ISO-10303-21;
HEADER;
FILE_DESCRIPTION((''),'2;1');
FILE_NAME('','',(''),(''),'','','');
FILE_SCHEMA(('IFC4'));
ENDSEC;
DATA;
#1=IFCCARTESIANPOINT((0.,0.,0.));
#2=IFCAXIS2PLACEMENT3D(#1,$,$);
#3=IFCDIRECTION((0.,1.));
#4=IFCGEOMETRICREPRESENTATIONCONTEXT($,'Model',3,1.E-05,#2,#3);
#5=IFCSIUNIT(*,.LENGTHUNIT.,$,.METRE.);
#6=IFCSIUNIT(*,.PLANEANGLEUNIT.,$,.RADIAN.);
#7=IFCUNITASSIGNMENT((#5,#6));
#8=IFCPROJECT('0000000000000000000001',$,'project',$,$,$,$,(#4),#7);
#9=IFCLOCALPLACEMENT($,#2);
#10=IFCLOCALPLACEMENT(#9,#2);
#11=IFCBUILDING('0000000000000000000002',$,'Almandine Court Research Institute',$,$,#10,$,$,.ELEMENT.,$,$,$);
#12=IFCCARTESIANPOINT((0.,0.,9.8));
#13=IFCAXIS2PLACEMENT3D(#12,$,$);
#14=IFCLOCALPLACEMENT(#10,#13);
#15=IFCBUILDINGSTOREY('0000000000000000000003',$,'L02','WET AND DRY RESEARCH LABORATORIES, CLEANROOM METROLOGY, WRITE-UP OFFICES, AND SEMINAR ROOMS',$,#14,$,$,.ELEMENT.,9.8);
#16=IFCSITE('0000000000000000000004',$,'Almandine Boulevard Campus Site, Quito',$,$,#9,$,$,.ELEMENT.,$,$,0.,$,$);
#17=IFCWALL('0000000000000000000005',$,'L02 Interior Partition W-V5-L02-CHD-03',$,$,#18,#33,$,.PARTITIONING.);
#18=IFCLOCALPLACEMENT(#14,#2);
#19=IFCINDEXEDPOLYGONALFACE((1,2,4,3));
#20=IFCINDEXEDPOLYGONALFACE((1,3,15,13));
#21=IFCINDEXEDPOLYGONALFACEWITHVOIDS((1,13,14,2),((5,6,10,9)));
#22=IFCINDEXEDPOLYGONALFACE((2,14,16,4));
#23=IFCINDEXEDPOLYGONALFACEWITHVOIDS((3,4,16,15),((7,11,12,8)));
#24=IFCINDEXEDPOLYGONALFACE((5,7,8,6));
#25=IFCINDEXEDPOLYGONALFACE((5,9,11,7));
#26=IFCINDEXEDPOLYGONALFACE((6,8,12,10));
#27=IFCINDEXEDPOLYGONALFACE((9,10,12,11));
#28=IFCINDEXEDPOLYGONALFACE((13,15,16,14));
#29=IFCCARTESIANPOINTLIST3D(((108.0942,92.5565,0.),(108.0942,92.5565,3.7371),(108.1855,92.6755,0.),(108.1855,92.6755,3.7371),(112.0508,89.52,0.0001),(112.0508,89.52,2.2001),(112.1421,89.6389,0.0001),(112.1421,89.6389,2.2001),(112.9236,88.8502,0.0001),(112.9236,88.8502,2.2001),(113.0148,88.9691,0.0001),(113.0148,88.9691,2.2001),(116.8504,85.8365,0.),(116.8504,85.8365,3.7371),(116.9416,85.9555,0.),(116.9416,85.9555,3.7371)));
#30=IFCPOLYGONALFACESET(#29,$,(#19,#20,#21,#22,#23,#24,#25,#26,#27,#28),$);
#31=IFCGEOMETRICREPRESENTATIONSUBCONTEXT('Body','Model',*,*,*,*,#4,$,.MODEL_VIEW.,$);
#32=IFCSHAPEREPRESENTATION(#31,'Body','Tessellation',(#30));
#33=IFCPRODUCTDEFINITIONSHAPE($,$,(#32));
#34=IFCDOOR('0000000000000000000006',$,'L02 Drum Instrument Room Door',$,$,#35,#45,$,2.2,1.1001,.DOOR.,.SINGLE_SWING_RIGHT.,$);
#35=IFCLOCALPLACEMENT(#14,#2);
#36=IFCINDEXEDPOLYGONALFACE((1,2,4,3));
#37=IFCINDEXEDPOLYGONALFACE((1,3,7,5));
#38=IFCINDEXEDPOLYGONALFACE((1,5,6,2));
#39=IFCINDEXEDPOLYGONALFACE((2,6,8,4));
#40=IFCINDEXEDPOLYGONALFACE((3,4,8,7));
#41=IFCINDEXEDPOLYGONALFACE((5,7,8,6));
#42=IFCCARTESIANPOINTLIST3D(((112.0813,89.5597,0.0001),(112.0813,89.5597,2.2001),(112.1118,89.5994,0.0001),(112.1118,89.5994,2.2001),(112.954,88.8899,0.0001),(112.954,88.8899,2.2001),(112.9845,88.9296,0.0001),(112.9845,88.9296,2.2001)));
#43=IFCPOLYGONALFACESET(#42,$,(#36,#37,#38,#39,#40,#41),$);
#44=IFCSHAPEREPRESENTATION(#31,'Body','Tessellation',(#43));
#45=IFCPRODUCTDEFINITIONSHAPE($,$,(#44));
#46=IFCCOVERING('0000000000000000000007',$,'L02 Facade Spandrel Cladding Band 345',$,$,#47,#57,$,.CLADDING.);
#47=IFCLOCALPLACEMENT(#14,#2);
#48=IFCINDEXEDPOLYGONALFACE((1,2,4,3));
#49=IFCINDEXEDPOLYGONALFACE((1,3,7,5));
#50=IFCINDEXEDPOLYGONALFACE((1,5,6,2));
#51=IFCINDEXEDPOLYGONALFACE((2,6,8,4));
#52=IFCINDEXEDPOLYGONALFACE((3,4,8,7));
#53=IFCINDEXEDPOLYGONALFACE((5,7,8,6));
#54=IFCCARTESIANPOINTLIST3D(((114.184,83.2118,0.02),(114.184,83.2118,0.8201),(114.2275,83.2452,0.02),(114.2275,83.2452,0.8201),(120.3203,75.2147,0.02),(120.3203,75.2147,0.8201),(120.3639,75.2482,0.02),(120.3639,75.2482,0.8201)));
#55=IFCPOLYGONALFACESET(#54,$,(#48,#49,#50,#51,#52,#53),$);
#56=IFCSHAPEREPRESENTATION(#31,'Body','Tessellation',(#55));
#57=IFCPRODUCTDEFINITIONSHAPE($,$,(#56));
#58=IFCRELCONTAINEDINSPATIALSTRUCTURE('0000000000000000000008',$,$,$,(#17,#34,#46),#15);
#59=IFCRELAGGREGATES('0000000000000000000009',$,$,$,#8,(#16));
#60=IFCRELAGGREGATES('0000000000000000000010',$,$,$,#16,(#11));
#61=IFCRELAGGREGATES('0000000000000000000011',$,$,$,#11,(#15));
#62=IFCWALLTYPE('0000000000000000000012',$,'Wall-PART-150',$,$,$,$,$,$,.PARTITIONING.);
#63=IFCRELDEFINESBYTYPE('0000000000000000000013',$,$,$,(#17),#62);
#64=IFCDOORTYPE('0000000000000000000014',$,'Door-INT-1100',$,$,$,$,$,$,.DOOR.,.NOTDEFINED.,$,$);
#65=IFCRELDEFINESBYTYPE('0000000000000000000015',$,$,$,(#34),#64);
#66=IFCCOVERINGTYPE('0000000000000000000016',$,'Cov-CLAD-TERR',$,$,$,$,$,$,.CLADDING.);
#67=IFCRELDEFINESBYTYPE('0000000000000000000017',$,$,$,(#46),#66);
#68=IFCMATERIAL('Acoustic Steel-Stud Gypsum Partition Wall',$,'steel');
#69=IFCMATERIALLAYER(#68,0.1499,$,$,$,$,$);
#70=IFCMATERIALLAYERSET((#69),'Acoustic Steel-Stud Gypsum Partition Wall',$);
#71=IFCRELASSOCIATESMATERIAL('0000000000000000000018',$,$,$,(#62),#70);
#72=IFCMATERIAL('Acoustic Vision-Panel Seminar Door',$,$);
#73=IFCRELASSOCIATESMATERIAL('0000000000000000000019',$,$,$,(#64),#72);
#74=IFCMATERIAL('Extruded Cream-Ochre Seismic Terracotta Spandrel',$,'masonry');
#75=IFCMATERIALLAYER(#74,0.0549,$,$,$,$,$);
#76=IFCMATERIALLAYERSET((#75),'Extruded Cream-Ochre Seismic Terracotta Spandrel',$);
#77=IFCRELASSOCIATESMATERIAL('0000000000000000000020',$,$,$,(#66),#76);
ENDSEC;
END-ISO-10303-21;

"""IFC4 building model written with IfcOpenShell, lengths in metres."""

from ifc_helpers import new_model, si_unit, direction, frame, frame_2d, origin, origin_2d, place, context, subcontext, project, spatial, rectangle, extrude, material, layer, layer_set, type_object, element, fill, save


model = new_model("IFC4")

# Units and contexts
model_context = context("Model", 3, precision=1e-05, world=origin(), true_north=direction((0.0, 1.0)))
body_context = subcontext(model_context, "Body", "Model", "MODEL_VIEW")
ifc_project = project(units=[si_unit("LENGTHUNIT", "METRE"), si_unit("PLANEANGLEUNIT", "RADIAN")], contexts=[model_context])

# Site, building, storey
site_placement = place(None, origin())
site = spatial("IfcSite", under=ifc_project, at=site_placement, Name="Almandine Boulevard Campus Site, Quito", CompositionType="ELEMENT", RefElevation=0.0)
building_placement = place(site_placement, origin())
building = spatial("IfcBuilding", under=site, at=building_placement, Name="Almandine Court Research Institute", CompositionType="ELEMENT")
storey_placement = place(building_placement, frame((0.0, 0.0, 9.8)))
storey = spatial("IfcBuildingStorey", under=building, at=storey_placement, Name="L02", Description="WET AND DRY RESEARCH LABORATORIES, CLEANROOM METROLOGY, WRITE-UP OFFICES, AND SEMINAR ROOMS", CompositionType="ELEMENT", Elevation=9.8)

# Shared definitions
ifc_material_1 = material(Name="Acoustic Steel-Stud Gypsum Partition Wall", Category="steel")
ifc_layer_1 = layer(ifc_material_1, 0.1499)
ifc_layer_set_1 = layer_set([ifc_layer_1], Name="Acoustic Steel-Stud Gypsum Partition Wall")
wall_type = type_object("IfcWallType", Name="Wall-PART-150", PredefinedType="PARTITIONING", material=ifc_layer_set_1)

# Wall, opening, door
wall_1_placement = place(storey_placement, frame((116.896, 85.896, 0.0), z_axis=(0.0, 0.0, 1.0), x_axis=(-0.793302, 0.608828, 0.0)))
wall_1 = element("IfcWall", 1, at=wall_1_placement, inside=storey, type_object=wall_type, Name="L02 Interior Partition W-V5-L02-CHD-03", PredefinedType="PARTITIONING", context=body_context, shape_type="SweptSolid", body=[
    extrude(rectangle(XDim=11.0376, YDim=0.1499, at=frame_2d((5.5188, 0.0))), origin(), (0.0, 0.0, 1.0), 3.7371),
])
opening_1_placement = place(wall_1_placement, frame((4.95, 0.0, 0.0)))
opening_1 = element("IfcOpeningElement", 2, at=opening_1_placement, cuts=wall_1, PredefinedType="OPENING", context=body_context, shape_type="SweptSolid", body=[
    extrude(rectangle(XDim=1.1001, YDim=2.2, at=frame_2d((0.55, 1.1001))), frame((0.0, 0.085, 0.0), z_axis=(0.0, -1.0, 0.0), x_axis=(1.0, 0.0, 0.0)), (0.0, 0.0, 1.0), 0.1699),
])
ifc_material_2 = material(Name="Acoustic Vision-Panel Seminar Door")
door_type_1 = type_object("IfcDoorType", Name="Door-INT-1100", OperationType="NOTDEFINED", PredefinedType="DOOR", material=ifc_material_2)
door_1_placement = place(opening_1_placement, origin())
door_1 = element("IfcDoor", 3, at=door_1_placement, inside=storey, type_object=door_type_1, Name="L02 Drum Instrument Room Door", OperationType="SINGLE_SWING_RIGHT", OverallHeight=2.2, OverallWidth=1.1001, PredefinedType="DOOR", context=body_context, shape_type="SweptSolid", body=[
    extrude(rectangle(XDim=1.1001, YDim=2.2, at=frame_2d((0.55, 1.1001))), frame((0.0, 0.0249, 0.0), z_axis=(0.0, -1.0, 0.0), x_axis=(1.0, 0.0, 0.0)), (0.0, 0.0, 1.0), 0.05),
])
fill(opening_1, door_1)

# Covering
ifc_material_3 = material(Name="Extruded Cream-Ochre Seismic Terracotta Spandrel", Category="masonry")
ifc_layer_2 = layer(ifc_material_3, 0.0549)
ifc_layer_set_2 = layer_set([ifc_layer_2], Name="Extruded Cream-Ochre Seismic Terracotta Spandrel")
covering_type = type_object("IfcCoveringType", Name="Cov-CLAD-TERR", PredefinedType="CLADDING", material=ifc_layer_set_2)
covering_placement = place(storey_placement, frame((117.2739, 79.23, 0.02), z_axis=(0.0, 0.0, 1.0), x_axis=(-0.608761, 0.793353, 0.0)))
element("IfcCovering", 4, at=covering_placement, inside=storey, type_object=covering_type, Name="L02 Facade Spandrel Cladding Band 345", PredefinedType="CLADDING", context=body_context, shape_type="SweptSolid", body=[
    extrude(rectangle(XDim=10.0801, YDim=0.0549, at=origin_2d()), origin(), (0.0, 0.0, 1.0), 0.8),
])

save(model, "model.ifc")
